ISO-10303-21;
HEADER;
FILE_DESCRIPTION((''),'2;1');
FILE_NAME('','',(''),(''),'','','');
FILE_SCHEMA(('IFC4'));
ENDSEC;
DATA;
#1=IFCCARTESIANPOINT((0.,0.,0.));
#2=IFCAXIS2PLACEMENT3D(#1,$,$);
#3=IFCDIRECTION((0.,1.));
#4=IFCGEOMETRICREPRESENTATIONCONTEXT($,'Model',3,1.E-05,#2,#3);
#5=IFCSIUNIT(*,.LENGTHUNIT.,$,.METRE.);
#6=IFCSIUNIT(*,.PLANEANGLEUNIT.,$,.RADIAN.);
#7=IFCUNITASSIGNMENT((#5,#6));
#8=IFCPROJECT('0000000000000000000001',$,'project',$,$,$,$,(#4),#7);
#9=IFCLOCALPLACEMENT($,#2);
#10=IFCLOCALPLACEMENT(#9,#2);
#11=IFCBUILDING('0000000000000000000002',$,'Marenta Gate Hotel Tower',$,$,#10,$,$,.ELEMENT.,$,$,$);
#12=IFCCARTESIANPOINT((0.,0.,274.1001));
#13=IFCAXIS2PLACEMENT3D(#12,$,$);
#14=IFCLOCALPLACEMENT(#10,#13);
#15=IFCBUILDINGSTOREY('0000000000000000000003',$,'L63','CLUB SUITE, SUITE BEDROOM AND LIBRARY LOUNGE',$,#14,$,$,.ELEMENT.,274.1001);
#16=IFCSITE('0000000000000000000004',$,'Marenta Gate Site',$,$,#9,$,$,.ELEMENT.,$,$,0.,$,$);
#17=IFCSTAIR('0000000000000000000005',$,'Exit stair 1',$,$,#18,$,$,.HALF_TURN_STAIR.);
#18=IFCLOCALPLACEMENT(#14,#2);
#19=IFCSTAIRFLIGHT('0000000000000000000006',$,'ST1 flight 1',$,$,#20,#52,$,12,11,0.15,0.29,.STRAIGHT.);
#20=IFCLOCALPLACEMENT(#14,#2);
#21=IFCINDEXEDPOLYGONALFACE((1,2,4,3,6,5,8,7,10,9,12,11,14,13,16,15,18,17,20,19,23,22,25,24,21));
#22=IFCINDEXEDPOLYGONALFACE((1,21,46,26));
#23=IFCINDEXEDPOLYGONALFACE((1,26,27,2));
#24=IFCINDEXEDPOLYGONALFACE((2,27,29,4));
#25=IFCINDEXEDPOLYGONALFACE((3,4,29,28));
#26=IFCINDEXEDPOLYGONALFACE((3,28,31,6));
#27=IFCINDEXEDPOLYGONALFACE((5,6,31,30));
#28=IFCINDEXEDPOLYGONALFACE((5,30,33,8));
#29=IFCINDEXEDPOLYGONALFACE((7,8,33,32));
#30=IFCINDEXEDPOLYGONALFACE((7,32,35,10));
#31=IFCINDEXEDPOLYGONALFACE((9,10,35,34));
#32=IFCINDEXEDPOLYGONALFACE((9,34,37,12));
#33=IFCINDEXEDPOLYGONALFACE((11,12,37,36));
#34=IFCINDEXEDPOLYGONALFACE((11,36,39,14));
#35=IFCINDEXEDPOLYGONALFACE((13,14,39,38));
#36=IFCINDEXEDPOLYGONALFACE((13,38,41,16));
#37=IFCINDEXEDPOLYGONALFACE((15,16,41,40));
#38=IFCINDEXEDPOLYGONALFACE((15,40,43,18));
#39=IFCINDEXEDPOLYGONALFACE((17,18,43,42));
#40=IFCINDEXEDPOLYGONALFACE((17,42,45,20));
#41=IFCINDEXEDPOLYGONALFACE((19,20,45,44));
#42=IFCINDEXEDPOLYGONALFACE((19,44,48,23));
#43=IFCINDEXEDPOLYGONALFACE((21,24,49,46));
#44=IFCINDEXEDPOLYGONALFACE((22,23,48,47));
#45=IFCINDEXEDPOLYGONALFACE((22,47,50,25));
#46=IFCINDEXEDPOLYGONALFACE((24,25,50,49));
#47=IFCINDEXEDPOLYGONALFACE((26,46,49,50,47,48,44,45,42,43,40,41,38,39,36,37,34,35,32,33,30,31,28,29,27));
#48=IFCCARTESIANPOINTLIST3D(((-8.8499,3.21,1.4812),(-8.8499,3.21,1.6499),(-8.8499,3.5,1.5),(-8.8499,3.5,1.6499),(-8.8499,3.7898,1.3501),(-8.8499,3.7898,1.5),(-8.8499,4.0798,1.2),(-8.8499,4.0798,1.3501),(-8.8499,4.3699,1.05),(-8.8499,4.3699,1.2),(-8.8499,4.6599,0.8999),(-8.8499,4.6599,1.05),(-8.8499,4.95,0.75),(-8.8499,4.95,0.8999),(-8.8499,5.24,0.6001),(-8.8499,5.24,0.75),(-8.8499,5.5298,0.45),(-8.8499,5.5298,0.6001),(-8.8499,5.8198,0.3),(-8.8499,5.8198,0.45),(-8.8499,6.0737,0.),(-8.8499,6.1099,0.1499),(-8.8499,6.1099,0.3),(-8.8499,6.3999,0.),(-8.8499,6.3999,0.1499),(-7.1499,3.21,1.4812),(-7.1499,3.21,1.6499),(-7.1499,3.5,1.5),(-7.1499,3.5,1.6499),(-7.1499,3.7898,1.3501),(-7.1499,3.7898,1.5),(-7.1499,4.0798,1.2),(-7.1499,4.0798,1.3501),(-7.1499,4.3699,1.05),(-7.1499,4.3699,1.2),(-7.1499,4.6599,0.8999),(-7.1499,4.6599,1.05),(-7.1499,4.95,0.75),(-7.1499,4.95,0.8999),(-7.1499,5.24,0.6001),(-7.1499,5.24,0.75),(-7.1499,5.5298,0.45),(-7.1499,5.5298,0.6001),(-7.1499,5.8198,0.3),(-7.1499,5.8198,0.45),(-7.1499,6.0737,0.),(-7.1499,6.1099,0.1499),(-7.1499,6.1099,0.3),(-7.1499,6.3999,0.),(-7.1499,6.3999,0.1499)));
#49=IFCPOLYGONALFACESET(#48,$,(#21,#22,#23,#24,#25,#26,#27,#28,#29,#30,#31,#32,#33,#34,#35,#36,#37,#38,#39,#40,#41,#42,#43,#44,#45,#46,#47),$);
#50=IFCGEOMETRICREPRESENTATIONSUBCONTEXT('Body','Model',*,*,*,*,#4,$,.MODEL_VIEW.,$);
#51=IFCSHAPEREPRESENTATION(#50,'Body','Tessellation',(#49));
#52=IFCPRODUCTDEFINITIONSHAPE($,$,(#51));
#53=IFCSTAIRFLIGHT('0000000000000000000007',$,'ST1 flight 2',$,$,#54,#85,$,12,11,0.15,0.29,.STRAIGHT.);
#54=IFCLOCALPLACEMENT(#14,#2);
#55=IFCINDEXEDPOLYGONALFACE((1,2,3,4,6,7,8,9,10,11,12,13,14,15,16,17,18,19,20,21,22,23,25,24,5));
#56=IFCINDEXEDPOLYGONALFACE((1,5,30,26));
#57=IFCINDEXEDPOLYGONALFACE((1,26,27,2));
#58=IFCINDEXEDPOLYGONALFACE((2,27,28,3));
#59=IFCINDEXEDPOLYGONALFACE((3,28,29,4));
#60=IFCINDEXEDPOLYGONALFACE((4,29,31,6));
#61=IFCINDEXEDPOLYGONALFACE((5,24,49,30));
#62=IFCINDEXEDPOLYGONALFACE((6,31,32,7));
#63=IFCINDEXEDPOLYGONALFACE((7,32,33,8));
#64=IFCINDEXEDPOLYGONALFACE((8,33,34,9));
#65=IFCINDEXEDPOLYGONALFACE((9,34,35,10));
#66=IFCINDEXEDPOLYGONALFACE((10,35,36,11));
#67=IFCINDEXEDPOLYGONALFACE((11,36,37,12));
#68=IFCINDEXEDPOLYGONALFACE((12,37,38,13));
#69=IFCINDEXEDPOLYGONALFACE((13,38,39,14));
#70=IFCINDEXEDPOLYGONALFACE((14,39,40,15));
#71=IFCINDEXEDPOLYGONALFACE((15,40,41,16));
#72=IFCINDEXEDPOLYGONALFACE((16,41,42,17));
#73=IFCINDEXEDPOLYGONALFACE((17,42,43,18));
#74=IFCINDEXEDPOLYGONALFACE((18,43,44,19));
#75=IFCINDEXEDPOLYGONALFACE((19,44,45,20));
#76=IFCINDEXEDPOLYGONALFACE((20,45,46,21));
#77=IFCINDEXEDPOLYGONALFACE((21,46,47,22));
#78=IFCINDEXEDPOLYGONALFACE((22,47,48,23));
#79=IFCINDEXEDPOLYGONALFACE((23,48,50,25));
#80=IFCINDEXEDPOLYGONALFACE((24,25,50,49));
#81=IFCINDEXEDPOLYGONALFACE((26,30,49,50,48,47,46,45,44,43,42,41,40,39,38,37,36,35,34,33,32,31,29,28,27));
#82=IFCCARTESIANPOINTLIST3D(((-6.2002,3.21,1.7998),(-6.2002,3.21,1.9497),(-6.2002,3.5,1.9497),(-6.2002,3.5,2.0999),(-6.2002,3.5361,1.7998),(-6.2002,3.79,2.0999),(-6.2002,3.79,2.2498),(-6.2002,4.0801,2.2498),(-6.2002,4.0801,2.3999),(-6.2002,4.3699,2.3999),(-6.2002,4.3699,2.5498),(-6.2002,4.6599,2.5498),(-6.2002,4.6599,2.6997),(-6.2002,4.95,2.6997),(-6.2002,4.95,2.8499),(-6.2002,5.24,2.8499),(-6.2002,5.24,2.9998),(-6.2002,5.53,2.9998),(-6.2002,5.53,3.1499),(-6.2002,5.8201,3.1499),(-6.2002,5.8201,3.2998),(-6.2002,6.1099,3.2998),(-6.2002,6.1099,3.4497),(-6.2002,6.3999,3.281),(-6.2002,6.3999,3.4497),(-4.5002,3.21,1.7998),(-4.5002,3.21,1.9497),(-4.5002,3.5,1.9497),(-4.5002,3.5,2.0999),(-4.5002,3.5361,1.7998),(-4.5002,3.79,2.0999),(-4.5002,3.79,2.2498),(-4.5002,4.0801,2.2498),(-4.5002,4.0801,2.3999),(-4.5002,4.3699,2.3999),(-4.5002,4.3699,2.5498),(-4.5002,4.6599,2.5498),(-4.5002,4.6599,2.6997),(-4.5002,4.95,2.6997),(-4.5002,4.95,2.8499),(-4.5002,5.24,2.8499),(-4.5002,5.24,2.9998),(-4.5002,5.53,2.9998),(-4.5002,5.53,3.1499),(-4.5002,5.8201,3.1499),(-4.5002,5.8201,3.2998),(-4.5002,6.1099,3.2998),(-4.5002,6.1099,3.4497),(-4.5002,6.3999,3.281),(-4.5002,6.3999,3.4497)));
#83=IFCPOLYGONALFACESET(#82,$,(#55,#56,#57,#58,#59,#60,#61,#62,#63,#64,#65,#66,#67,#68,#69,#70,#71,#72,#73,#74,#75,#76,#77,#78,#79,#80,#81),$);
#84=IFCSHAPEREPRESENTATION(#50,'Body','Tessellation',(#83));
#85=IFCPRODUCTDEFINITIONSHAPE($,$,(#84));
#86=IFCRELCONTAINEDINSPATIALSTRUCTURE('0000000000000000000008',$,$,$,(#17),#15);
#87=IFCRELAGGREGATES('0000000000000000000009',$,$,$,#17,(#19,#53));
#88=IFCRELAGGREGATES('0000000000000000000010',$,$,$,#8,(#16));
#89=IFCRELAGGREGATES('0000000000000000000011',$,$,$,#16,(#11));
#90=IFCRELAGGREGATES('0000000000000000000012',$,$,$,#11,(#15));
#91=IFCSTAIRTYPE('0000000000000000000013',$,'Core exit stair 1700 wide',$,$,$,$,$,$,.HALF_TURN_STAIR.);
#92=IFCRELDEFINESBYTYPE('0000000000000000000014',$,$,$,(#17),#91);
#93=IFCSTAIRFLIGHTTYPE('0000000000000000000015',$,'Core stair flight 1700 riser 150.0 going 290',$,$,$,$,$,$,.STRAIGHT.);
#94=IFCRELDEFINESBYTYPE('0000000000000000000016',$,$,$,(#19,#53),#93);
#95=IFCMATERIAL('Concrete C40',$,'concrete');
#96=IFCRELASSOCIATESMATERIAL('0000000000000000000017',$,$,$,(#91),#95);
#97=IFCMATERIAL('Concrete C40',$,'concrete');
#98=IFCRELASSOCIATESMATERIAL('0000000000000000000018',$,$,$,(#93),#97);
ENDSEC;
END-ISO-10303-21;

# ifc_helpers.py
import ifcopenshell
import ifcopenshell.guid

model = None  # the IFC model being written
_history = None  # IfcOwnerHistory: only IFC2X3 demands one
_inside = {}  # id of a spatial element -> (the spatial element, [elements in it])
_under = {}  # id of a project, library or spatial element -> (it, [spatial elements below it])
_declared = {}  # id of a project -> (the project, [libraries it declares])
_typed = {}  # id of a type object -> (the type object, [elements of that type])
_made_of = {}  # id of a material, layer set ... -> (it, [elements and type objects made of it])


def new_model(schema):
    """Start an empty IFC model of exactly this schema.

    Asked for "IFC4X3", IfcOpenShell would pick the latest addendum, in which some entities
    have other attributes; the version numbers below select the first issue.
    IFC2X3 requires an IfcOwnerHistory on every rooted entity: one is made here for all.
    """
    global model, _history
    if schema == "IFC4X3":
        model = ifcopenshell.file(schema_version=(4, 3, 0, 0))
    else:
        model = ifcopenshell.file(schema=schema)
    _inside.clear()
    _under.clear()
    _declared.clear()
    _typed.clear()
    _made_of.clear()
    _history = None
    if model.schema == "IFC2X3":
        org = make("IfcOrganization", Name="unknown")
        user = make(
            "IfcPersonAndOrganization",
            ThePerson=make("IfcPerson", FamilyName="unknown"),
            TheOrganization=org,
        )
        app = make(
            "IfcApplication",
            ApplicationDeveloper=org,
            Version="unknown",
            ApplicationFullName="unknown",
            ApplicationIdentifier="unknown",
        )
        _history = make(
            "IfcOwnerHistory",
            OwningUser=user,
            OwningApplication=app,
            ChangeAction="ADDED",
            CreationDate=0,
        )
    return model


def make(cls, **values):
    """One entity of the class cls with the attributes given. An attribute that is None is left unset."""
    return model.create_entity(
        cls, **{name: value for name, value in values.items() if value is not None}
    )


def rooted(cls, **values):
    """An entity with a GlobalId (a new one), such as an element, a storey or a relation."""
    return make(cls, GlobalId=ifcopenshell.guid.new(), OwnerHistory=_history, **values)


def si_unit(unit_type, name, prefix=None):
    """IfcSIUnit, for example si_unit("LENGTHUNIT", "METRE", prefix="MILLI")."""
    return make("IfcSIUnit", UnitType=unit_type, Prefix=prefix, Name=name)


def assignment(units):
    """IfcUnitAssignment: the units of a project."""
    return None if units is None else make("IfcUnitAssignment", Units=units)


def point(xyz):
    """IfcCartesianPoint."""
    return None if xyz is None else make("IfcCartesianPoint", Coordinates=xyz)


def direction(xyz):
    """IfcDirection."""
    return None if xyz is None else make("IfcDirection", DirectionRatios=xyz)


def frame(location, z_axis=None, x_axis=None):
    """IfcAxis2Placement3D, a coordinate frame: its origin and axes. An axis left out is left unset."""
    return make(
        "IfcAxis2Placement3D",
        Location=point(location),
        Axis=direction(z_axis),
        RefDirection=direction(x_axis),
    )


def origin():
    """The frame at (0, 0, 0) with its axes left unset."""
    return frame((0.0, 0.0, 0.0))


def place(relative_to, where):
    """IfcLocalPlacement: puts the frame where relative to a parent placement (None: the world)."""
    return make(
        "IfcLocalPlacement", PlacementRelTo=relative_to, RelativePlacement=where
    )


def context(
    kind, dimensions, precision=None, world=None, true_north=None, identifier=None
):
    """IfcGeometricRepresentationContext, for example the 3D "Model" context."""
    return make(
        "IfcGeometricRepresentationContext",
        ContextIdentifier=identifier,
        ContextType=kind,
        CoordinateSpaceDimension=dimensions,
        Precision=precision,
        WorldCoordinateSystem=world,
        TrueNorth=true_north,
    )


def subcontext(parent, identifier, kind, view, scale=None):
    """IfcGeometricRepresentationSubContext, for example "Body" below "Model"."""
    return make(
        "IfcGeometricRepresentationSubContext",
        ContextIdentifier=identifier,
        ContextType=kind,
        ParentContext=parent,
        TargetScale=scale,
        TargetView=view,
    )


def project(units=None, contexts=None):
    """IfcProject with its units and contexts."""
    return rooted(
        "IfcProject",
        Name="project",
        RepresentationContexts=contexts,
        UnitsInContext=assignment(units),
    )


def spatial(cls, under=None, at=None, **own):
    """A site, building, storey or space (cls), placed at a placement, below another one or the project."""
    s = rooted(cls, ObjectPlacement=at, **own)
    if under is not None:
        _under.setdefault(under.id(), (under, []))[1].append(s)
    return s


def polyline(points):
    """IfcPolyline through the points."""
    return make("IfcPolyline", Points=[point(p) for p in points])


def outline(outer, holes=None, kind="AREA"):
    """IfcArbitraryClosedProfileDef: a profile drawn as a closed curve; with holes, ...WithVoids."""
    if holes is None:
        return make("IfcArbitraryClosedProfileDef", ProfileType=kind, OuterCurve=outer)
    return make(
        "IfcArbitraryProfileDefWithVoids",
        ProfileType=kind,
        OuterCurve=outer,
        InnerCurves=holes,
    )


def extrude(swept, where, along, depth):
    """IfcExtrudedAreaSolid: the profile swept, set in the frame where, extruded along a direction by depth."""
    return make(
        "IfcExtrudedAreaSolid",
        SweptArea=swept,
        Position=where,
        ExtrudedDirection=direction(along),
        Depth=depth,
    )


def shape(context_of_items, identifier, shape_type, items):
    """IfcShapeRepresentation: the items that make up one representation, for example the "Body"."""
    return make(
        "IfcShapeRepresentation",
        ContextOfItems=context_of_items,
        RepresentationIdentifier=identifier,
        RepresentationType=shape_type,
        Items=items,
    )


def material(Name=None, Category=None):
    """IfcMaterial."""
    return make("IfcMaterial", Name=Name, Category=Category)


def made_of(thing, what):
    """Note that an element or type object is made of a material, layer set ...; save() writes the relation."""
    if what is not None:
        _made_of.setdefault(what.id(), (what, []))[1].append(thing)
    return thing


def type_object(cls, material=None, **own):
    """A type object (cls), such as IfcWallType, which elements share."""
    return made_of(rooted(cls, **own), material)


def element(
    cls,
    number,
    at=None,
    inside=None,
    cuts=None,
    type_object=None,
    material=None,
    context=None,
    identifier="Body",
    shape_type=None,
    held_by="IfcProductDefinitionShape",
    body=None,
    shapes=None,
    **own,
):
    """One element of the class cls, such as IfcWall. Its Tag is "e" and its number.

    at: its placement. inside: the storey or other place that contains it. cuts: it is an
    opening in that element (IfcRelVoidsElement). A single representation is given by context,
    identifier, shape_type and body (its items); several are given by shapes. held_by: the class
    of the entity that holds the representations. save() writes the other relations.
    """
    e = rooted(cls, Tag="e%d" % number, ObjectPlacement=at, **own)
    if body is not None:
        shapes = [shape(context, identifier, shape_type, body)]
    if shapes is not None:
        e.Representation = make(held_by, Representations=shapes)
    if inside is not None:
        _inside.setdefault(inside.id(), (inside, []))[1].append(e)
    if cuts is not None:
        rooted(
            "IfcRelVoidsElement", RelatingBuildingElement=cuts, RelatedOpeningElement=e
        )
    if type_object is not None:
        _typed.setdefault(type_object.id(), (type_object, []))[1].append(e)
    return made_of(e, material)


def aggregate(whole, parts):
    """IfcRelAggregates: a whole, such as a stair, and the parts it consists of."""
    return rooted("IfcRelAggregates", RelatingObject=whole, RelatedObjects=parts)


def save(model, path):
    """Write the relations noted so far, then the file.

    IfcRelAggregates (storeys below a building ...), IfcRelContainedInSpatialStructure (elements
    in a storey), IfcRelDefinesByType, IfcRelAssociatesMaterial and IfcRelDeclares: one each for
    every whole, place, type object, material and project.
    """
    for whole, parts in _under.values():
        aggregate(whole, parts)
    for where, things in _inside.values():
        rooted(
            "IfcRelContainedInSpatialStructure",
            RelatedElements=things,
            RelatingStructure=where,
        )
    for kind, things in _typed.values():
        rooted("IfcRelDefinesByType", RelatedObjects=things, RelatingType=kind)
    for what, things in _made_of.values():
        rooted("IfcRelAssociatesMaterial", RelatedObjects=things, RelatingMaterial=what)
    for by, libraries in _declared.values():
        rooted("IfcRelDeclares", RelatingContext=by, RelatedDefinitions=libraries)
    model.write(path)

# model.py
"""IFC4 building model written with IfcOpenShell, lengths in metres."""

from ifc_helpers import new_model, si_unit, direction, frame, origin, place, context, subcontext, project, spatial, polyline, outline, extrude, material, type_object, element, aggregate, save


model = new_model("IFC4")

# Units and contexts
model_context = context("Model", 3, precision=1e-05, world=origin(), true_north=direction((0.0, 1.0)))
body_context = subcontext(model_context, "Body", "Model", "MODEL_VIEW")
ifc_project = project(units=[si_unit("LENGTHUNIT", "METRE"), si_unit("PLANEANGLEUNIT", "RADIAN")], contexts=[model_context])

# Site, building, storey
site_placement = place(None, origin())
site = spatial("IfcSite", under=ifc_project, at=site_placement, Name="Marenta Gate Site", CompositionType="ELEMENT", RefElevation=0.0)
building_placement = place(site_placement, origin())
building = spatial("IfcBuilding", under=site, at=building_placement, Name="Marenta Gate Hotel Tower", CompositionType="ELEMENT")
storey_placement = place(building_placement, frame((0.0, 0.0, 274.1001)))
storey = spatial("IfcBuildingStorey", under=building, at=storey_placement, Name="L63", Description="CLUB SUITE, SUITE BEDROOM AND LIBRARY LOUNGE", CompositionType="ELEMENT", Elevation=274.1001)

# Stair, stair flights
ifc_material_1 = material(Name="Concrete C40", Category="concrete")
stair_type = type_object("IfcStairType", Name="Core exit stair 1700 wide", PredefinedType="HALF_TURN_STAIR", material=ifc_material_1)
stair_placement = place(storey_placement, origin())
stair = element("IfcStair", 1, at=stair_placement, inside=storey, type_object=stair_type, Name="Exit stair 1", PredefinedType="HALF_TURN_STAIR")
ifc_material_2 = material(Name="Concrete C40", Category="concrete")
stair_flight_type = type_object("IfcStairFlightType", Name="Core stair flight 1700 riser 150.0 going 290", PredefinedType="STRAIGHT", material=ifc_material_2)
stair_flight_1_placement = place(storey_placement, frame((-8.0, 6.3999, 0.0), z_axis=(0.0, 0.0, 1.0), x_axis=(0.0, -1.0, 0.0)))
stair_flight_1 = element("IfcStairFlight", 2, at=stair_flight_1_placement, type_object=stair_flight_type, Name="ST1 flight 1", NumberOfRisers=12, NumberOfTreads=11, PredefinedType="STRAIGHT", RiserHeight=0.15, TreadLength=0.29, context=body_context, shape_type="SweptSolid", body=[
    extrude(outline(polyline([(0.0, 0.0), (0.0, 0.1499), (0.29, 0.1499), (0.29, 0.3), (0.5801, 0.3), (0.5801, 0.45), (0.8701, 0.45), (0.8701, 0.6001), (1.1599, 0.6001), (1.1599, 0.75), (1.45, 0.75), (1.45, 0.8999), (1.74, 0.8999), (1.74, 1.05), (2.03, 1.05), (2.03, 1.2), (2.3201, 1.2), (2.3201, 1.3501), (2.6101, 1.3501), (2.6101, 1.5), (2.8999, 1.5), (2.8999, 1.6499), (3.1899, 1.6499), (3.1899, 1.8), (3.1899, 1.4812), (0.3262, 0.0), (0.0, 0.0)])), frame((0.0, 0.8501, 0.0), z_axis=(0.0, -1.0, 0.0), x_axis=(1.0, 0.0, 0.0)), (0.0, 0.0, 1.0), 1.7),
])
stair_flight_2_placement = place(storey_placement, frame((-5.3501, 3.21, 1.7998), z_axis=(0.0, 0.0, 1.0), x_axis=(0.0, 1.0, 0.0)))
stair_flight_2 = element("IfcStairFlight", 3, at=stair_flight_2_placement, type_object=stair_flight_type, Name="ST1 flight 2", NumberOfRisers=12, NumberOfTreads=11, PredefinedType="STRAIGHT", RiserHeight=0.15, TreadLength=0.29, context=body_context, shape_type="SweptSolid", body=[
    extrude(outline(polyline([(0.0, 0.0), (0.0, 0.1499), (0.29, 0.1499), (0.29, 0.3), (0.5801, 0.3), (0.5801, 0.45), (0.8701, 0.45), (0.8701, 0.6001), (1.1599, 0.6001), (1.1599, 0.75), (1.45, 0.75), (1.45, 0.8999), (1.74, 0.8999), (1.74, 1.05), (2.03, 1.05), (2.03, 1.2), (2.3201, 1.2), (2.3201, 1.3501), (2.6101, 1.3501), (2.6101, 1.5), (2.8999, 1.5), (2.8999, 1.6499), (3.1899, 1.6499), (3.1899, 1.8), (3.1899, 1.4812), (0.3262, 0.0), (0.0, 0.0)])), frame((0.0, 0.8501, 0.0), z_axis=(0.0, -1.0, 0.0), x_axis=(1.0, 0.0, 0.0)), (0.0, 0.0, 1.0), 1.7),
])
aggregate(stair, [stair_flight_1, stair_flight_2])

save(model, "model.ifc")
